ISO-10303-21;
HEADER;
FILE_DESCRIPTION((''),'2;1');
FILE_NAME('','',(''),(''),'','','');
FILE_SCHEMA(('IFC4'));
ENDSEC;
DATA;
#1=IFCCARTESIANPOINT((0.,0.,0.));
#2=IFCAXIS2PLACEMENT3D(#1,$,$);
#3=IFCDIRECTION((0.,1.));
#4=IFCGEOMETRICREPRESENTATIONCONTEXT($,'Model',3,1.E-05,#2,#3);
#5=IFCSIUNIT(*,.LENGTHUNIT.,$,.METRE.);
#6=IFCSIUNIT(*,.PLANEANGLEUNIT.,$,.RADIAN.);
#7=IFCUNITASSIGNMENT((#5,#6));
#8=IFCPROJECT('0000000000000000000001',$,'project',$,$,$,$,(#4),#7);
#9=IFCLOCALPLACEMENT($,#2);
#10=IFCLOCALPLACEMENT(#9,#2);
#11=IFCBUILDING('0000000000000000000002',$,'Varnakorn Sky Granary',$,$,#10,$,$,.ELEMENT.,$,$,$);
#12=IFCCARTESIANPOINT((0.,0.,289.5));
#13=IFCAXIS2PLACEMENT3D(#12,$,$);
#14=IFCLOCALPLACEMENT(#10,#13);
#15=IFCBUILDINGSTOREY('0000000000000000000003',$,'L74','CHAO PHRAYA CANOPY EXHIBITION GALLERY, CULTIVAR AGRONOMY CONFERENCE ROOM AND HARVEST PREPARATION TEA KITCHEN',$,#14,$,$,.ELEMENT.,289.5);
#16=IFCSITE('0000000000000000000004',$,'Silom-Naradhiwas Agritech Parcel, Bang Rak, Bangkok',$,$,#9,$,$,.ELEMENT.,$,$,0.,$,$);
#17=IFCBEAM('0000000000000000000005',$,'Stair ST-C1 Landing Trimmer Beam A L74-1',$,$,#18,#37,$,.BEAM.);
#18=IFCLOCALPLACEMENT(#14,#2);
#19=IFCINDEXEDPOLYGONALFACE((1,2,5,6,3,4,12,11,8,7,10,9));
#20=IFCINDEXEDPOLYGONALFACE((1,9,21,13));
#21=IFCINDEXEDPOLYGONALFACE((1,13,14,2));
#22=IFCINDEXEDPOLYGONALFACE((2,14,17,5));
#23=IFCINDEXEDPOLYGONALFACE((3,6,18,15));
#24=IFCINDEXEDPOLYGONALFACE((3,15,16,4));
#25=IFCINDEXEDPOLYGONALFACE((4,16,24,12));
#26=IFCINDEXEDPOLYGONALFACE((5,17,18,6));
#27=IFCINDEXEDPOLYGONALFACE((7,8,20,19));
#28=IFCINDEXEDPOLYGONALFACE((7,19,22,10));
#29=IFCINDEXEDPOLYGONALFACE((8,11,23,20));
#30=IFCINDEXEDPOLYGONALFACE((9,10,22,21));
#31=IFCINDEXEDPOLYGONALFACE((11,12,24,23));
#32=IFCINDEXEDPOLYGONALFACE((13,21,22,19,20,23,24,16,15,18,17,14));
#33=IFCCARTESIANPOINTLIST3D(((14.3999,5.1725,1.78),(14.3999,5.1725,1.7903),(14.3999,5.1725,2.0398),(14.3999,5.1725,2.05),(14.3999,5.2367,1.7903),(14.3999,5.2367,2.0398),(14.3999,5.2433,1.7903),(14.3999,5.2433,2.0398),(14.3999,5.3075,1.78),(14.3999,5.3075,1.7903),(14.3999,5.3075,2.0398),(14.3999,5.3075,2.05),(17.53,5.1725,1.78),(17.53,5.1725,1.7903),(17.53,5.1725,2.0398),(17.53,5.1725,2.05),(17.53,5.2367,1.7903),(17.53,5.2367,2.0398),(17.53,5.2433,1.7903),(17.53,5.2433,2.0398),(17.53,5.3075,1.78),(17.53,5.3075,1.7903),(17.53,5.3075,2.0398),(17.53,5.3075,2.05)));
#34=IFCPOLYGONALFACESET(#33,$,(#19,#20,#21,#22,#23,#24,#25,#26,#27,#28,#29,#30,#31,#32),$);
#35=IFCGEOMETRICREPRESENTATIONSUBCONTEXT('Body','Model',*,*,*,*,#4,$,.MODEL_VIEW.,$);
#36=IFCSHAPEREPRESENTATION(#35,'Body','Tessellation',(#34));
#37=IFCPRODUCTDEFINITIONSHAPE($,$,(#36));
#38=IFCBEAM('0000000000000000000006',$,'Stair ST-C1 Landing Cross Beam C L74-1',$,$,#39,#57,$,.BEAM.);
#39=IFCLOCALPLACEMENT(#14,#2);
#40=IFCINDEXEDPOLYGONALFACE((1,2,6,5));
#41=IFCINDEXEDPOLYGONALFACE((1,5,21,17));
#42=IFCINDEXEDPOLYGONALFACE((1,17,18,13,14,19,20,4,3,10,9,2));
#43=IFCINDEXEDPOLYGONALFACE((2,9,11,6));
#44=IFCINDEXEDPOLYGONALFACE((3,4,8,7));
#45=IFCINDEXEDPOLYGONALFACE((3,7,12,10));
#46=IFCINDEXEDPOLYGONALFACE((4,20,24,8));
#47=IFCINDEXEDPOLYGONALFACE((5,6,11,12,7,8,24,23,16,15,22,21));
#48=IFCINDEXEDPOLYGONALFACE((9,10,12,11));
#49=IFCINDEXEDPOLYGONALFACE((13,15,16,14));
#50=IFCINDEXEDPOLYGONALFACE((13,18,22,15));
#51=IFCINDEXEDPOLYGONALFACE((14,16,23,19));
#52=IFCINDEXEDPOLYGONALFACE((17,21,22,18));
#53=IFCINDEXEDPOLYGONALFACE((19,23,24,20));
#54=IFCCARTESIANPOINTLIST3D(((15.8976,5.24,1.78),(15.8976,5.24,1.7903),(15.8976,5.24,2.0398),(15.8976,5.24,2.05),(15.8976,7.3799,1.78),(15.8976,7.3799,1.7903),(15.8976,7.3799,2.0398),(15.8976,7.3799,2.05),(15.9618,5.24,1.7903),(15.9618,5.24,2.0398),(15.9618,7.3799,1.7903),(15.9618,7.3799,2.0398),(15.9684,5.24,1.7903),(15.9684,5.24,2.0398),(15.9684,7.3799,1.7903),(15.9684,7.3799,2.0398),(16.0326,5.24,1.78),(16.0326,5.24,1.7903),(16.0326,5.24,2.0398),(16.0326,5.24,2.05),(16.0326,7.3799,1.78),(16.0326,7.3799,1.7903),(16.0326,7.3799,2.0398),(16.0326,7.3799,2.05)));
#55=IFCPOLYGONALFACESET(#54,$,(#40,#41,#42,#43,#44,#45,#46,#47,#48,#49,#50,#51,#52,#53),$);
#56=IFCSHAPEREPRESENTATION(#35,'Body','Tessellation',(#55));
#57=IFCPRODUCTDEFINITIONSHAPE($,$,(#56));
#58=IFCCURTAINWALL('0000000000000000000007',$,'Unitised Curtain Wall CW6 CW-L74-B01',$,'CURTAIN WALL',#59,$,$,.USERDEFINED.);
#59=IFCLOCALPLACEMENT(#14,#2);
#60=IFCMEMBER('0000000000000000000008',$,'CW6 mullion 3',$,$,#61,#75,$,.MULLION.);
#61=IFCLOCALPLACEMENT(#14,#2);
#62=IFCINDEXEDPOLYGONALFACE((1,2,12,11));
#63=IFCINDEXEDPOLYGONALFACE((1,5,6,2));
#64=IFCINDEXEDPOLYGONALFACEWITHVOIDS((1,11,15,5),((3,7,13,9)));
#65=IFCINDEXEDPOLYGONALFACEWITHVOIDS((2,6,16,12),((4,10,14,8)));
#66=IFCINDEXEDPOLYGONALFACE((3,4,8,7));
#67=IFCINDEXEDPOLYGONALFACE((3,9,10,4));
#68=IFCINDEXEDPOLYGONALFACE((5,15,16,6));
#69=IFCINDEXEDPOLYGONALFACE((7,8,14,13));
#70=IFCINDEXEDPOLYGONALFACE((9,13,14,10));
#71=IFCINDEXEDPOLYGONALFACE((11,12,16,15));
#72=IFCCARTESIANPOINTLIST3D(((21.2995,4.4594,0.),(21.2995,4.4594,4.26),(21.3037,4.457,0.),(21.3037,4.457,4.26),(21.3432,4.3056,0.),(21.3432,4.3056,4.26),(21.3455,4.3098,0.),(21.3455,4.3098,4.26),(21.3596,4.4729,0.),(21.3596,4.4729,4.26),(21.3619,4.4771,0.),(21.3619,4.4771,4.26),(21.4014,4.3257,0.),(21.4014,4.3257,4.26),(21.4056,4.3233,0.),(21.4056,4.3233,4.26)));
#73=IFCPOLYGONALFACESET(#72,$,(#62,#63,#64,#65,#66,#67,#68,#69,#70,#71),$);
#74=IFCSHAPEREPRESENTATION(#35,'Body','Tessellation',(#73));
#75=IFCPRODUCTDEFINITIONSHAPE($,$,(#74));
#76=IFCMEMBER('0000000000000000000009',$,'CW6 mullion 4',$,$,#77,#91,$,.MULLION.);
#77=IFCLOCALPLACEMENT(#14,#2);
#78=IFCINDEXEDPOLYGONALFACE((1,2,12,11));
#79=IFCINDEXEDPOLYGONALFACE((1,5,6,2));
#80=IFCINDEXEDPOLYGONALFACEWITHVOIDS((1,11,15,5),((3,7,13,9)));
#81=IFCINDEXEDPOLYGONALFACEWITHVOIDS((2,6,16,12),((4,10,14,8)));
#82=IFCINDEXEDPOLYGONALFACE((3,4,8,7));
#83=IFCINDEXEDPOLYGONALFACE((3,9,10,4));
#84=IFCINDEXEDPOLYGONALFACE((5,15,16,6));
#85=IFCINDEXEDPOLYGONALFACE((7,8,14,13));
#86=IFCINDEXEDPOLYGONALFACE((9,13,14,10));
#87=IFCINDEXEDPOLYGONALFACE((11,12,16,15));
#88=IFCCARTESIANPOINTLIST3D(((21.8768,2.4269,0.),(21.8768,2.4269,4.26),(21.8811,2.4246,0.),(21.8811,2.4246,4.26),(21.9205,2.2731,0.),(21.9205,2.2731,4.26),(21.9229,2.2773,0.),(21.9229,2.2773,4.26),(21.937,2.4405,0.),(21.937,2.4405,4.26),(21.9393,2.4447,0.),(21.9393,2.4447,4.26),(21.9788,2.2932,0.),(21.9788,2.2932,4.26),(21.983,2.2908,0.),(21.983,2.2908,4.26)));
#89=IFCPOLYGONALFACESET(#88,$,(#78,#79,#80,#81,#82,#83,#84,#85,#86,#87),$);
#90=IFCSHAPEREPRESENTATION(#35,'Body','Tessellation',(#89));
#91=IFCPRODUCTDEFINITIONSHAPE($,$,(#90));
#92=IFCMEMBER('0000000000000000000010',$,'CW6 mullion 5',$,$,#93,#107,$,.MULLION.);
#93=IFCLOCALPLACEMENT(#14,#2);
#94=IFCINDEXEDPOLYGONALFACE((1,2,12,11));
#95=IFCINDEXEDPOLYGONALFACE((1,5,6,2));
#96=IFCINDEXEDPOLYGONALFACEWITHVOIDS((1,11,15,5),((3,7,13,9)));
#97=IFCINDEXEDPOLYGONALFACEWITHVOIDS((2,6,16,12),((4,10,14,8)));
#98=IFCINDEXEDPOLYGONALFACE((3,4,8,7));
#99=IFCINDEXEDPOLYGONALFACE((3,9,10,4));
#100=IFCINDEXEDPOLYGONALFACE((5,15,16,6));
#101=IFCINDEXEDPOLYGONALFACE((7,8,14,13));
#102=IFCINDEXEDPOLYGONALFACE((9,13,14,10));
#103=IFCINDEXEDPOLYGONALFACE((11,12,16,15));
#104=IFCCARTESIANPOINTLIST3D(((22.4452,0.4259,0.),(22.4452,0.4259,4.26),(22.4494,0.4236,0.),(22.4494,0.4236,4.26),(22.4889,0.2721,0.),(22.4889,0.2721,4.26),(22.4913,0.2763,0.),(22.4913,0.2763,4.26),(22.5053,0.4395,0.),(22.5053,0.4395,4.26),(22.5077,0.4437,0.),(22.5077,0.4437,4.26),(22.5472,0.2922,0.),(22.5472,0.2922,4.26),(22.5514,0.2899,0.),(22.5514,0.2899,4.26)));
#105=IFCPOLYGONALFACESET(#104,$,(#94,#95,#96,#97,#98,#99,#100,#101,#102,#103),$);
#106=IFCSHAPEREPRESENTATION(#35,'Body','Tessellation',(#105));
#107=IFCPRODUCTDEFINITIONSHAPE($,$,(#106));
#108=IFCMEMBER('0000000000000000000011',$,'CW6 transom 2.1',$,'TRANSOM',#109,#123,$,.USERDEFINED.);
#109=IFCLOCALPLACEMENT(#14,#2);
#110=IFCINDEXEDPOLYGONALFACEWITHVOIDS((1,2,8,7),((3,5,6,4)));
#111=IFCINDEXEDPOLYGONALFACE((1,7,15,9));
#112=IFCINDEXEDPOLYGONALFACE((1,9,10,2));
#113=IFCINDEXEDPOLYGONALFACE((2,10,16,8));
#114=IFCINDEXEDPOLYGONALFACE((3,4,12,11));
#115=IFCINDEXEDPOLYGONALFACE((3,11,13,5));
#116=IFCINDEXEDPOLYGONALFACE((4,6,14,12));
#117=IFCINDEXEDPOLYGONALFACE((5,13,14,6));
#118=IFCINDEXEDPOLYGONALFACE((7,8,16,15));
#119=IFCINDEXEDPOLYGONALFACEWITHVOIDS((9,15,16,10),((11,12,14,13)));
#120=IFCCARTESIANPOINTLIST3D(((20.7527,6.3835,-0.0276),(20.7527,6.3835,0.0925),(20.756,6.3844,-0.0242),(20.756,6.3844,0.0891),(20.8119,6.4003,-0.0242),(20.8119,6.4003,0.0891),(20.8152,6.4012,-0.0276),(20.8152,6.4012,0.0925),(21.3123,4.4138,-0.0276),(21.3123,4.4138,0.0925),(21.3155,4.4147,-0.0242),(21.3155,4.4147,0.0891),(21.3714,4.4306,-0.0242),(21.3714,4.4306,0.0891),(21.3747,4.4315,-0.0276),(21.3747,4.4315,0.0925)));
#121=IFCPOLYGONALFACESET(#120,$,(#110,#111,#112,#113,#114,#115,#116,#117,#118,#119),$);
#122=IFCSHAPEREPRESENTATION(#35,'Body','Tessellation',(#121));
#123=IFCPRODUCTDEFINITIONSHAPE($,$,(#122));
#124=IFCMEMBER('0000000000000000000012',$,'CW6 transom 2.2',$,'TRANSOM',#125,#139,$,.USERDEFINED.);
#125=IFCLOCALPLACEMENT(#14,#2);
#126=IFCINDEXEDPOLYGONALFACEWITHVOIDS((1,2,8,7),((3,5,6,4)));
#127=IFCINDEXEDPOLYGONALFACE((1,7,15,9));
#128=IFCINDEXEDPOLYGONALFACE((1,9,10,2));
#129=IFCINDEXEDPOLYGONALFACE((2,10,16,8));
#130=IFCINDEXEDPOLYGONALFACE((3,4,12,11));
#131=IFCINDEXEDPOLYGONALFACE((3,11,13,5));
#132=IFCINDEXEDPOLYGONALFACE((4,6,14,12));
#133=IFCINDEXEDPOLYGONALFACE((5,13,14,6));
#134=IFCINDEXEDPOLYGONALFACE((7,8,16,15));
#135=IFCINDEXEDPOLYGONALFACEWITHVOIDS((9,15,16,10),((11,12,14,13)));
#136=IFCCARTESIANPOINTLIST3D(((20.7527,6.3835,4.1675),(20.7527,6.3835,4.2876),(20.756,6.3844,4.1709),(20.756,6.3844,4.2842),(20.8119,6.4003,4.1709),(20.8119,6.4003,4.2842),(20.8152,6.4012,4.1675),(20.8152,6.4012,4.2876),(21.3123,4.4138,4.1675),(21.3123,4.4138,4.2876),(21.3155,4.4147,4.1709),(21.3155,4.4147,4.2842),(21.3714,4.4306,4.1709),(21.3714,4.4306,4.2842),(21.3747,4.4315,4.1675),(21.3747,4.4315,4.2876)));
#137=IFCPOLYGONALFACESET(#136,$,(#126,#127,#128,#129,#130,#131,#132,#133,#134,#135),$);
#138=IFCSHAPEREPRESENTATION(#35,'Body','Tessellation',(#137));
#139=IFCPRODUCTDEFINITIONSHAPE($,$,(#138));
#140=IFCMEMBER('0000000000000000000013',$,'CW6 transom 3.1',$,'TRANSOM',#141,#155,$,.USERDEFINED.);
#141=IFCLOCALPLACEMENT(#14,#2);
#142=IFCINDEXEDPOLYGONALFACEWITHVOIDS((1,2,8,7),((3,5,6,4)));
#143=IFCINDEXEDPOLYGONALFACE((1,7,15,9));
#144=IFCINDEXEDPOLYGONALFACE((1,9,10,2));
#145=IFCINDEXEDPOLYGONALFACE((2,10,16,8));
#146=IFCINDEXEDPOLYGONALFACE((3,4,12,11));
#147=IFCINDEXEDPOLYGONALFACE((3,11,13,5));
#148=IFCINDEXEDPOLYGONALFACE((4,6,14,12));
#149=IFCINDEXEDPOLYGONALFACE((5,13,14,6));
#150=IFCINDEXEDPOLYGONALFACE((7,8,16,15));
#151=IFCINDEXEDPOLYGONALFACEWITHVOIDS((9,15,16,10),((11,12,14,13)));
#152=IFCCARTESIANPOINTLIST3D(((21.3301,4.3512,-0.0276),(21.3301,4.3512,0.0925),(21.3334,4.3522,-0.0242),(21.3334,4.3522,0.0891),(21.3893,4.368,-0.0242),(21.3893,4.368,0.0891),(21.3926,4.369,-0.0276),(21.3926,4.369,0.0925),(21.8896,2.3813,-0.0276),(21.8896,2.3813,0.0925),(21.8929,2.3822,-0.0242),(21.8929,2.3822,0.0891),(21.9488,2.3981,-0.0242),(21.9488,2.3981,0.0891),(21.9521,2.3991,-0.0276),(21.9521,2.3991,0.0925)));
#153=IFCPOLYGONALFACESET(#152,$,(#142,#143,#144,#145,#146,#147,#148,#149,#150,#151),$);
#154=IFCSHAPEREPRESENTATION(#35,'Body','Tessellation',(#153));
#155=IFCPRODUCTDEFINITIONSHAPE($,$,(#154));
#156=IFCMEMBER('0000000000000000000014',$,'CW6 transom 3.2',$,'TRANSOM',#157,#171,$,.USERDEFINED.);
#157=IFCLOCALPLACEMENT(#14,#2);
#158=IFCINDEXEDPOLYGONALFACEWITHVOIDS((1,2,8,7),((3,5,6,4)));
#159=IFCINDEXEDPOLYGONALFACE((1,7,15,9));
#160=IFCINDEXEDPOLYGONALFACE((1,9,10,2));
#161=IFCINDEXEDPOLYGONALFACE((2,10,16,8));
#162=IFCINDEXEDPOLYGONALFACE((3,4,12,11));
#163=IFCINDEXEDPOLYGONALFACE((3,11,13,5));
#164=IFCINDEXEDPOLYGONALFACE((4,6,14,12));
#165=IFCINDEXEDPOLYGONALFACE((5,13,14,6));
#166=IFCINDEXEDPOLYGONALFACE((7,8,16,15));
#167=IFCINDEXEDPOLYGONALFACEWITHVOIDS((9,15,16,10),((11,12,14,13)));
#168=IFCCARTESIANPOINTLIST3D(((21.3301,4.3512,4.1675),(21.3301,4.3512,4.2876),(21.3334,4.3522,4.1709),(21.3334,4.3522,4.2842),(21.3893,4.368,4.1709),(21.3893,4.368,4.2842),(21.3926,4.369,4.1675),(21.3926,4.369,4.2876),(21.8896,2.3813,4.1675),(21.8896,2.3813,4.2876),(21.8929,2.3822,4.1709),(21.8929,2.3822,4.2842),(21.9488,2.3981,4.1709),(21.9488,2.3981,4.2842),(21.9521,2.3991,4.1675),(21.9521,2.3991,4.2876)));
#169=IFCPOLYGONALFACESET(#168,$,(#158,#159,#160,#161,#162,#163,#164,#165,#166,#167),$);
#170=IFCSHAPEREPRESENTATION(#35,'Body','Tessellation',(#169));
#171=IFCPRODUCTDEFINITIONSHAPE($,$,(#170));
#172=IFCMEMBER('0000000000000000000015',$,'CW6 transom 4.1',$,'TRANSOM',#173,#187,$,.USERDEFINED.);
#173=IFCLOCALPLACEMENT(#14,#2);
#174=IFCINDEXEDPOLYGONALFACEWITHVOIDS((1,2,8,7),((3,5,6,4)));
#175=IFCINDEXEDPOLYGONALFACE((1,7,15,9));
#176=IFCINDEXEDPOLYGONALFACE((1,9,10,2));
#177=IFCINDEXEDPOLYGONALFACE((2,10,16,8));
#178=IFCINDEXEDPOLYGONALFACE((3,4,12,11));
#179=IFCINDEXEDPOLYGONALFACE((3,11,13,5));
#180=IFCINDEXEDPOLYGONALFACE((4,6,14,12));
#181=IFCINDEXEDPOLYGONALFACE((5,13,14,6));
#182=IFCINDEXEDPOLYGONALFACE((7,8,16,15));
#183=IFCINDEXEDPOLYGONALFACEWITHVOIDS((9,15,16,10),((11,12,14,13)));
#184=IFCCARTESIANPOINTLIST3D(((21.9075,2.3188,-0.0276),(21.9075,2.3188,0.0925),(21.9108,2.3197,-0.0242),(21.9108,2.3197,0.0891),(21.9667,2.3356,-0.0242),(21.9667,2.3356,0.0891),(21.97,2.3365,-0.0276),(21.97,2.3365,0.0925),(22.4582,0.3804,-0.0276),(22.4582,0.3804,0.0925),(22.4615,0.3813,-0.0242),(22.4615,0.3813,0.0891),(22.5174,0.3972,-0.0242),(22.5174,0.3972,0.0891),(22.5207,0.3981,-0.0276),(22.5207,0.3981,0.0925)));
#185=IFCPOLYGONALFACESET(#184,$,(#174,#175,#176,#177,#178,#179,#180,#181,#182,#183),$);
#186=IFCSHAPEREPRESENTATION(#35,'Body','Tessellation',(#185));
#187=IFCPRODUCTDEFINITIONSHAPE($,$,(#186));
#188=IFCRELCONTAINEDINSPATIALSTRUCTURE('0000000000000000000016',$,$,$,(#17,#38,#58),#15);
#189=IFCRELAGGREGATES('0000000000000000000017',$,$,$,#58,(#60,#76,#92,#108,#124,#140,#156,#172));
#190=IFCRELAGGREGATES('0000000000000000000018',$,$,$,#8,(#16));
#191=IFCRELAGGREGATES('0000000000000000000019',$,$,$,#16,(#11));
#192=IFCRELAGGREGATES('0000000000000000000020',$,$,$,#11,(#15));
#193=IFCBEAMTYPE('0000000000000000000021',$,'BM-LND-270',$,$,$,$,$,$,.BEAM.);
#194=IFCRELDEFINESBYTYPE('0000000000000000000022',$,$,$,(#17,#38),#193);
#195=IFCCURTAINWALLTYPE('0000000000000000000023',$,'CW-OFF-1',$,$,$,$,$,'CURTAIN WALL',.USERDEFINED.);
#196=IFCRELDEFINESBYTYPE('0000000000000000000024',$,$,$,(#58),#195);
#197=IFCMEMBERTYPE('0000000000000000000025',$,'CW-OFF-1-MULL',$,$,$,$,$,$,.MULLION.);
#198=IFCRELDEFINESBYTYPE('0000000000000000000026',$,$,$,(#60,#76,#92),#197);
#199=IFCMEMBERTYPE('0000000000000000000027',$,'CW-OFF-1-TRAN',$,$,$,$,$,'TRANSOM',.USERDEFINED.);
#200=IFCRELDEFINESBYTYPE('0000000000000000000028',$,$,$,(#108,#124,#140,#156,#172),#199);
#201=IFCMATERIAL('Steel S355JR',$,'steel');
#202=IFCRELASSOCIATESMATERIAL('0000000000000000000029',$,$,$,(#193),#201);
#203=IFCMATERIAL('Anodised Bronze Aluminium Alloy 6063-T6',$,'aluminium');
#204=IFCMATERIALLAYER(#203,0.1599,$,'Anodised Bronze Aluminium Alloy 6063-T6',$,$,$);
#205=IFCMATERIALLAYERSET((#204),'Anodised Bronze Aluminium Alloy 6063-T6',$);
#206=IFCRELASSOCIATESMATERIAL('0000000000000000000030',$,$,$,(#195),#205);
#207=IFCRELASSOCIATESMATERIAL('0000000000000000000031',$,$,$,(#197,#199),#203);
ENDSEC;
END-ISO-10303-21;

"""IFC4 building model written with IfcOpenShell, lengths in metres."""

from ifc_helpers import new_model, si_unit, direction, frame, origin, origin_2d, place, context, subcontext, project, spatial, hollow_rectangle, i_section, extrude, material, layer, layer_set, material_profile, profile_set, type_object, element, aggregate, save


model = new_model("IFC4")

# Units and contexts
model_context = context("Model", 3, precision=1e-05, world=origin(), true_north=direction((0.0, 1.0)))
body_context = subcontext(model_context, "Body", "Model", "MODEL_VIEW")
ifc_project = project(units=[si_unit("LENGTHUNIT", "METRE"), si_unit("PLANEANGLEUNIT", "RADIAN")], contexts=[model_context])

# Site, building, storey
site_placement = place(None, origin())
site = spatial("IfcSite", under=ifc_project, at=site_placement, Name="Silom-Naradhiwas Agritech Parcel, Bang Rak, Bangkok", CompositionType="ELEMENT", RefElevation=0.0)
building_placement = place(site_placement, origin())
building = spatial("IfcBuilding", under=site, at=building_placement, Name="Varnakorn Sky Granary", CompositionType="ELEMENT")
storey_placement = place(building_placement, frame((0.0, 0.0, 289.5)))
storey = spatial("IfcBuildingStorey", under=building, at=storey_placement, Name="L74", Description="CHAO PHRAYA CANOPY EXHIBITION GALLERY, CULTIVAR AGRONOMY CONFERENCE ROOM AND HARVEST PREPARATION TEA KITCHEN", CompositionType="ELEMENT", Elevation=289.5)

# Beams
ifc_material_1 = material(Name="Steel S355JR", Category="steel")
ifc_material_profile_1 = material_profile(ifc_material_1, i_section(OverallWidth=0.135, OverallDepth=0.27, WebThickness=0.0066, FlangeThickness=0.0103, at=origin_2d()), Name="IPE 270")
ifc_profile_set_1 = profile_set([ifc_material_profile_1], Name="Steel S355JR")
beam_type = type_object("IfcBeamType", Name="BM-LND-270", PredefinedType="BEAM", material=ifc_profile_set_1)
beam_1_placement = place(storey_placement, frame((14.3999, 5.24, 1.915), z_axis=(1.0, 0.0, 0.0), x_axis=(0.0, 1.0, 0.0)))
element("IfcBeam", 1, at=beam_1_placement, inside=storey, type_object=beam_type, Name="Stair ST-C1 Landing Trimmer Beam A L74-1", PredefinedType="BEAM", context=body_context, shape_type="SweptSolid", body=[
    extrude(i_section(OverallWidth=0.135, OverallDepth=0.27, WebThickness=0.0066, FlangeThickness=0.0103, at=origin_2d()), origin(), (0.0, 0.0, 1.0), 3.1301),
])
beam_2_placement = place(storey_placement, frame((15.9651, 5.24, 1.915), z_axis=(0.0, 1.0, 0.0), x_axis=(-1.0, 0.0, 0.0)))
element("IfcBeam", 2, at=beam_2_placement, inside=storey, type_object=beam_type, Name="Stair ST-C1 Landing Cross Beam C L74-1", PredefinedType="BEAM", context=body_context, shape_type="SweptSolid", body=[
    extrude(i_section(OverallWidth=0.135, OverallDepth=0.27, WebThickness=0.0066, FlangeThickness=0.0103, at=origin_2d()), origin(), (0.0, 0.0, 1.0), 2.1399),
])

# Curtain wall, members
ifc_material_2 = material(Name="Anodised Bronze Aluminium Alloy 6063-T6", Category="aluminium")
ifc_layer_1 = layer(ifc_material_2, 0.1599, Name="Anodised Bronze Aluminium Alloy 6063-T6")
ifc_layer_set_1 = layer_set([ifc_layer_1], Name="Anodised Bronze Aluminium Alloy 6063-T6")
curtain_wall_type = type_object("IfcCurtainWallType", Name="CW-OFF-1", ElementType="CURTAIN WALL", PredefinedType="USERDEFINED", material=ifc_layer_set_1)
curtain_wall_placement = place(storey_placement, origin())
curtain_wall = element("IfcCurtainWall", 3, at=curtain_wall_placement, inside=storey, type_object=curtain_wall_type, Name="Unitised Curtain Wall CW6 CW-L74-B01", ObjectType="CURTAIN WALL", PredefinedType="USERDEFINED")
ifc_material_profile_2 = material_profile(ifc_material_2, hollow_rectangle(XDim=0.0649, YDim=0.1599, WallThickness=0.0034, at=origin_2d()), Name="ALU MULL 65x160")
ifc_profile_set_2 = profile_set([ifc_material_profile_2], Name="Anodised Bronze Aluminium Alloy 6063-T6")
member_type_1 = type_object("IfcMemberType", Name="CW-OFF-1-MULL", PredefinedType="MULLION", material=ifc_profile_set_2)
member_1_placement = place(storey_placement, frame((21.3525, 4.3914, 0.0), z_axis=(0.0, 0.0, 1.0), x_axis=(0.961937, 0.27327, 0.0)))
member_1 = element("IfcMember", 4, at=member_1_placement, type_object=member_type_1, Name="CW6 mullion 3", PredefinedType="MULLION", context=body_context, shape_type="SweptSolid", body=[
    extrude(hollow_rectangle(XDim=0.0649, YDim=0.1599, WallThickness=0.0034, at=origin_2d()), origin(), (0.0, 0.0, 1.0), 4.26),
])
member_2_placement = place(storey_placement, frame((21.9299, 2.3589, 0.0), z_axis=(0.0, 0.0, 1.0), x_axis=(0.961937, 0.27327, 0.0)))
member_2 = element("IfcMember", 5, at=member_2_placement, type_object=member_type_1, Name="CW6 mullion 4", PredefinedType="MULLION", context=body_context, shape_type="SweptSolid", body=[
    extrude(hollow_rectangle(XDim=0.0649, YDim=0.1599, WallThickness=0.0034, at=origin_2d()), origin(), (0.0, 0.0, 1.0), 4.26),
])
member_3_placement = place(storey_placement, frame((22.4983, 0.3579, 0.0), z_axis=(0.0, 0.0, 1.0), x_axis=(0.961937, 0.27327, 0.0)))
member_3 = element("IfcMember", 6, at=member_3_placement, type_object=member_type_1, Name="CW6 mullion 5", PredefinedType="MULLION", context=body_context, shape_type="SweptSolid", body=[
    extrude(hollow_rectangle(XDim=0.0649, YDim=0.1599, WallThickness=0.0034, at=origin_2d()), origin(), (0.0, 0.0, 1.0), 4.26),
])
ifc_material_profile_3 = material_profile(ifc_material_2, hollow_rectangle(XDim=0.0649, YDim=0.1201, WallThickness=0.0034, at=origin_2d()), Name="ALU TRAN 65x120")
ifc_profile_set_3 = profile_set([ifc_material_profile_3], Name="Anodised Bronze Aluminium Alloy 6063-T6")
member_type_2 = type_object("IfcMemberType", Name="CW-OFF-1-TRAN", ElementType="TRANSOM", PredefinedType="USERDEFINED", material=ifc_profile_set_3)
member_4_placement = place(storey_placement, frame((20.7839, 6.3923, 0.0325), z_axis=(0.273272, -0.961937, 0.0), x_axis=(0.961937, 0.273272, 0.0)))
member_4 = element("IfcMember", 7, at=member_4_placement, type_object=member_type_2, Name="CW6 transom 2.1", ObjectType="TRANSOM", PredefinedType="USERDEFINED", context=body_context, shape_type="SweptSolid", body=[
    extrude(hollow_rectangle(XDim=0.0649, YDim=0.1201, WallThickness=0.0034, at=origin_2d()), origin(), (0.0, 0.0, 1.0), 2.0476),
])
member_5_placement = place(storey_placement, frame((20.7839, 6.3923, 4.2275), z_axis=(0.273272, -0.961937, 0.0), x_axis=(0.961937, 0.273272, 0.0)))
member_5 = element("IfcMember", 8, at=member_5_placement, type_object=member_type_2, Name="CW6 transom 2.2", ObjectType="TRANSOM", PredefinedType="USERDEFINED", context=body_context, shape_type="SweptSolid", body=[
    extrude(hollow_rectangle(XDim=0.0649, YDim=0.1201, WallThickness=0.0034, at=origin_2d()), origin(), (0.0, 0.0, 1.0), 2.0476),
])
member_6_placement = place(storey_placement, frame((21.3613, 4.3601, 0.0325), z_axis=(0.273241, -0.961946, 0.0), x_axis=(0.961946, 0.273241, 0.0)))
member_6 = element("IfcMember", 9, at=member_6_placement, type_object=member_type_2, Name="CW6 transom 3.1", ObjectType="TRANSOM", PredefinedType="USERDEFINED", context=body_context, shape_type="SweptSolid", body=[
    extrude(hollow_rectangle(XDim=0.0649, YDim=0.1201, WallThickness=0.0034, at=origin_2d()), origin(), (0.0, 0.0, 1.0), 2.0479),
])
member_7_placement = place(storey_placement, frame((21.3613, 4.3601, 4.2275), z_axis=(0.273241, -0.961946, 0.0), x_axis=(0.961946, 0.273241, 0.0)))
member_7 = element("IfcMember", 10, at=member_7_placement, type_object=member_type_2, Name="CW6 transom 3.2", ObjectType="TRANSOM", PredefinedType="USERDEFINED", context=body_context, shape_type="SweptSolid", body=[
    extrude(hollow_rectangle(XDim=0.0649, YDim=0.1201, WallThickness=0.0034, at=origin_2d()), origin(), (0.0, 0.0, 1.0), 2.0479),
])
member_8_placement = place(storey_placement, frame((21.9387, 2.3276, 0.0325), z_axis=(0.273313, -0.961925, 0.0), x_axis=(0.961925, 0.273313, 0.0)))
member_8 = element("IfcMember", 11, at=member_8_placement, type_object=member_type_2, Name="CW6 transom 4.1", ObjectType="TRANSOM", PredefinedType="USERDEFINED", context=body_context, shape_type="SweptSolid", body=[
    extrude(hollow_rectangle(XDim=0.0649, YDim=0.1201, WallThickness=0.0034, at=origin_2d()), origin(), (0.0, 0.0, 1.0), 2.0151),
])

aggregate(curtain_wall, [member_1, member_2, member_3, member_4, member_5, member_6, member_7, member_8])

save(model, "model.ifc")
